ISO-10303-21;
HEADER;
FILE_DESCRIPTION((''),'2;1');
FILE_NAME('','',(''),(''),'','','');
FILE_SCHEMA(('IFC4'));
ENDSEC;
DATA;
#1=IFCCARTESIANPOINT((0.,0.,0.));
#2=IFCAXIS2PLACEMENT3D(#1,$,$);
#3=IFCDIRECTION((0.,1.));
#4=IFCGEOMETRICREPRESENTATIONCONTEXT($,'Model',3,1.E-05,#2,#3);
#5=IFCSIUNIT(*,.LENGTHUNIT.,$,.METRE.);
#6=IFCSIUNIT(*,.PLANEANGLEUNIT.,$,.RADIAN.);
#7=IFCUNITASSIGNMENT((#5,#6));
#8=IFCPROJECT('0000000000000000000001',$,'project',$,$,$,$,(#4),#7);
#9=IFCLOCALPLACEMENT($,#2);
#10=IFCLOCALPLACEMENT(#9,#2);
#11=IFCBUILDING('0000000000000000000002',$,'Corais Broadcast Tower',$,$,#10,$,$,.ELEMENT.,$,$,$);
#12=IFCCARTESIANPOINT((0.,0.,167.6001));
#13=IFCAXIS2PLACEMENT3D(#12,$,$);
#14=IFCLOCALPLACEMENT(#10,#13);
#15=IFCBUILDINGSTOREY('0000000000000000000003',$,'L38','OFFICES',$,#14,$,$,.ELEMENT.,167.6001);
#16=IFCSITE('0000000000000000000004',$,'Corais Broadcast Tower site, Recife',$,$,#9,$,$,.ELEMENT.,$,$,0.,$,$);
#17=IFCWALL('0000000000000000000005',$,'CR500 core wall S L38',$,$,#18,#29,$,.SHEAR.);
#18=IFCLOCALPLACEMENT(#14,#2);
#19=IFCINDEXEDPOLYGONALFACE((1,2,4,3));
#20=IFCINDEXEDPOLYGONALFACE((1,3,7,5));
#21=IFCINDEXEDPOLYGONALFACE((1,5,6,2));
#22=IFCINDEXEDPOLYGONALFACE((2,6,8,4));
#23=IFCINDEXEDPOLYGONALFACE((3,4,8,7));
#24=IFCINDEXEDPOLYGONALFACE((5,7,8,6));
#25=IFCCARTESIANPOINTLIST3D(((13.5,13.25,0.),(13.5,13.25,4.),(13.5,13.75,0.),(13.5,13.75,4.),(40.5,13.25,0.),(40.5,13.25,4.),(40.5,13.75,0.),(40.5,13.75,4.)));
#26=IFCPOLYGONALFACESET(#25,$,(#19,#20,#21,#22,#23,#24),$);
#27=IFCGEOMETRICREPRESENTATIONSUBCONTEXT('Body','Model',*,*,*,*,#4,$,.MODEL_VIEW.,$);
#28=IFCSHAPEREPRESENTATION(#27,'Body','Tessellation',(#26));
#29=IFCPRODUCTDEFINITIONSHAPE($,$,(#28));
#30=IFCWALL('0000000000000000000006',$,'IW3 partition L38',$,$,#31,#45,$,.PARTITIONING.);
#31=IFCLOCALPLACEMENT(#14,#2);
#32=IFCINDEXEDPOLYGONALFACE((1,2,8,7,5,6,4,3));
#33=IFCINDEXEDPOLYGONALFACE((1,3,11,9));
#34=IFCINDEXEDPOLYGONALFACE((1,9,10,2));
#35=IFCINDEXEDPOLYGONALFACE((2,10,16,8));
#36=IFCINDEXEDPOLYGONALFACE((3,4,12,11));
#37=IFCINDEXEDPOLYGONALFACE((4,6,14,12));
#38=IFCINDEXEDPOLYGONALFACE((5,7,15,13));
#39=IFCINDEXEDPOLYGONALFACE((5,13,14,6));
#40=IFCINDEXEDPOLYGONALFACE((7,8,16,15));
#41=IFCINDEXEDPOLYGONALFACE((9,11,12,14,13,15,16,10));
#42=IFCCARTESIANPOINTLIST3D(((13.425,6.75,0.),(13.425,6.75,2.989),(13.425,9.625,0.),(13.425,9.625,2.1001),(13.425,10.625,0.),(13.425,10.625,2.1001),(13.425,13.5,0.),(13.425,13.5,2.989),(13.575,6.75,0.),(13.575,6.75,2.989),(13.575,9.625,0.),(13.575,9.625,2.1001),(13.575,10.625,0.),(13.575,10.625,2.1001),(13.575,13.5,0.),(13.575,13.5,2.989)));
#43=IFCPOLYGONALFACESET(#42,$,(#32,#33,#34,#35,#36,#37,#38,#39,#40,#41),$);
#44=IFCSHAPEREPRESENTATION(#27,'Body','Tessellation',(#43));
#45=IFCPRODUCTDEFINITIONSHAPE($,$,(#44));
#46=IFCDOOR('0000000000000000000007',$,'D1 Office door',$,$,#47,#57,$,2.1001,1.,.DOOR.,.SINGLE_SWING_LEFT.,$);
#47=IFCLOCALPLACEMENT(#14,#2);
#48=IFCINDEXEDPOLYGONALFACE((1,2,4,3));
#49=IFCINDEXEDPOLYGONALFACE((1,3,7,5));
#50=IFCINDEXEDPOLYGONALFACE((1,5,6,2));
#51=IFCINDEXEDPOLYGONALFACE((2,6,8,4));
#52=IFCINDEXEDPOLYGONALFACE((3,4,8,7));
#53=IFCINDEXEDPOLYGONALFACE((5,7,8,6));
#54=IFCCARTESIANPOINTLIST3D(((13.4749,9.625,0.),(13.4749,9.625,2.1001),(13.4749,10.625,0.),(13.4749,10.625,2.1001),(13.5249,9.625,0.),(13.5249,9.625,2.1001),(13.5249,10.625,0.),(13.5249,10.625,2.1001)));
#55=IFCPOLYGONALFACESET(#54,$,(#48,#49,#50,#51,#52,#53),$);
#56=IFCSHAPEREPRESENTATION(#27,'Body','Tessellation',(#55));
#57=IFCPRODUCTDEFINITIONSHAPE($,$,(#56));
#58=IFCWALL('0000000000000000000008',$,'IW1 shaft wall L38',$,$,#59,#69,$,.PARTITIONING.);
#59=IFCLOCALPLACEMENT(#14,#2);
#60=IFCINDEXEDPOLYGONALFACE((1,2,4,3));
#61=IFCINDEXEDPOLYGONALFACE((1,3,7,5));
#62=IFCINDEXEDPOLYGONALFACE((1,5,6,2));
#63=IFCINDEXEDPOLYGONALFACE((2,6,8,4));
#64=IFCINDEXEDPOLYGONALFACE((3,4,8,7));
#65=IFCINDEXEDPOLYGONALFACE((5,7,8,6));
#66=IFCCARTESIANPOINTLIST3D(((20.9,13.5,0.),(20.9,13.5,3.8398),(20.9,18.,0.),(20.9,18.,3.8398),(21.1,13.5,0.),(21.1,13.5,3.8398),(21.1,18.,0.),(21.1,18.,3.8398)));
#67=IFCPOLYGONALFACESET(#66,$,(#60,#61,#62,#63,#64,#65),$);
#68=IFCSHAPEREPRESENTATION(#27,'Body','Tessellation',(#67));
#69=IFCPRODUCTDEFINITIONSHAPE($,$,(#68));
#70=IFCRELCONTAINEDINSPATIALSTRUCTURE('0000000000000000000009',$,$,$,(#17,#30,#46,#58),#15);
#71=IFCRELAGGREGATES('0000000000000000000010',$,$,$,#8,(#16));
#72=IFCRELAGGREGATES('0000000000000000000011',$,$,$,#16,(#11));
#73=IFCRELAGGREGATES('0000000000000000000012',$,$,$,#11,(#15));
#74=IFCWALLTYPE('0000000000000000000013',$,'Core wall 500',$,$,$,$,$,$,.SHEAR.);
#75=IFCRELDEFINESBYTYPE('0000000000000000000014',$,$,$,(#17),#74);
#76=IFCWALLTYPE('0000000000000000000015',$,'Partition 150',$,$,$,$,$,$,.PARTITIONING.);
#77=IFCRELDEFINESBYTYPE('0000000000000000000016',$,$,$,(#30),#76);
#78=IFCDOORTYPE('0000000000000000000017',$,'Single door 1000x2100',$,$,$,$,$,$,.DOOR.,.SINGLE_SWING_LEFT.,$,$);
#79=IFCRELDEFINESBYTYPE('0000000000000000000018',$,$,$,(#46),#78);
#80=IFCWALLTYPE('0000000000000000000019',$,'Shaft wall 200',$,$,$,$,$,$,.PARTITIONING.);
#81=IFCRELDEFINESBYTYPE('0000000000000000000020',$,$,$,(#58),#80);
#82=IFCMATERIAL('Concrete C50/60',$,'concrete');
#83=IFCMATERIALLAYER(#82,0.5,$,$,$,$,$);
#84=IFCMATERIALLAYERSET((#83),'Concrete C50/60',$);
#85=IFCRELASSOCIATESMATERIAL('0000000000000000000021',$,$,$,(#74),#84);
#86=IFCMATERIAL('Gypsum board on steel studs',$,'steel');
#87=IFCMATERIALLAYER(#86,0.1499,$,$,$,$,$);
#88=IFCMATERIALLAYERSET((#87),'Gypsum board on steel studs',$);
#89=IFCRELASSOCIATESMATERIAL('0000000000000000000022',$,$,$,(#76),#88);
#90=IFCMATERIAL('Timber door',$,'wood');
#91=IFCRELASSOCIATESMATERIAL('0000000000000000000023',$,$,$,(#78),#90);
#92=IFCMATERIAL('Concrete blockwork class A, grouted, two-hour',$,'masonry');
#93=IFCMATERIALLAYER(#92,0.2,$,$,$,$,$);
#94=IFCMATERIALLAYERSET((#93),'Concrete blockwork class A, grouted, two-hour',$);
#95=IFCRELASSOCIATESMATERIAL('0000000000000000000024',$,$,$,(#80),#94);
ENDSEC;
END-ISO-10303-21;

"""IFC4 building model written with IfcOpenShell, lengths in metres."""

from ifc_helpers import new_model, si_unit, direction, frame, frame_2d, origin, place, context, subcontext, project, spatial, rectangle, extrude, material, layer, layer_set, type_object, element, fill, save


model = new_model("IFC4")

# Units and contexts
model_context = context("Model", 3, precision=1e-05, world=origin(), true_north=direction((0.0, 1.0)))
body_context = subcontext(model_context, "Body", "Model", "MODEL_VIEW")
ifc_project = project(units=[si_unit("LENGTHUNIT", "METRE"), si_unit("PLANEANGLEUNIT", "RADIAN")], contexts=[model_context])

# Site, building, storey
site_placement = place(None, origin())
site = spatial("IfcSite", under=ifc_project, at=site_placement, Name="Corais Broadcast Tower site, Recife", CompositionType="ELEMENT", RefElevation=0.0)
building_placement = place(site_placement, origin())
building = spatial("IfcBuilding", under=site, at=building_placement, Name="Corais Broadcast Tower", CompositionType="ELEMENT")
storey_placement = place(building_placement, frame((0.0, 0.0, 167.6001)))
storey = spatial("IfcBuildingStorey", under=building, at=storey_placement, Name="L38", Description="OFFICES", CompositionType="ELEMENT", Elevation=167.6001)

# Wall
ifc_material_1 = material(Name="Concrete C50/60", Category="concrete")
ifc_layer_1 = layer(ifc_material_1, 0.5)
ifc_layer_set_1 = layer_set([ifc_layer_1], Name="Concrete C50/60")
wall_type_1 = type_object("IfcWallType", Name="Core wall 500", PredefinedType="SHEAR", material=ifc_layer_set_1)
wall_1_placement = place(storey_placement, frame((13.5, 13.5, 0.0), z_axis=(0.0, 0.0, 1.0), x_axis=(1.0, 0.0, 0.0)))
element("IfcWall", 1, at=wall_1_placement, inside=storey, type_object=wall_type_1, Name="CR500 core wall S L38", PredefinedType="SHEAR", context=body_context, shape_type="SweptSolid", body=[
    extrude(rectangle(XDim=27.0, YDim=0.5, at=frame_2d((13.5, 0.0))), origin(), (0.0, 0.0, 1.0), 4.0),
])

# Wall, opening, door
ifc_material_2 = material(Name="Gypsum board on steel studs", Category="steel")
ifc_layer_2 = layer(ifc_material_2, 0.1499)
ifc_layer_set_2 = layer_set([ifc_layer_2], Name="Gypsum board on steel studs")
wall_type_2 = type_object("IfcWallType", Name="Partition 150", PredefinedType="PARTITIONING", material=ifc_layer_set_2)
wall_2_placement = place(storey_placement, frame((13.5, 13.5, 0.0), z_axis=(0.0, 0.0, 1.0), x_axis=(0.0, -1.0, 0.0)))
wall_2 = element("IfcWall", 2, at=wall_2_placement, inside=storey, type_object=wall_type_2, Name="IW3 partition L38", PredefinedType="PARTITIONING", context=body_context, shape_type="SweptSolid", body=[
    extrude(rectangle(XDim=6.75, YDim=0.1499, at=frame_2d((3.375, 0.0))), origin(), (0.0, 0.0, 1.0), 2.989),
])
opening_1_placement = place(wall_2_placement, frame((2.875, 0.0, 0.0)))
opening_1 = element("IfcOpeningElement", 3, at=opening_1_placement, cuts=wall_2, PredefinedType="OPENING", context=body_context, shape_type="SweptSolid", body=[
    extrude(rectangle(XDim=1.0, YDim=2.1001, at=frame_2d((0.5, 1.05))), frame((0.0, 0.085, 0.0), z_axis=(0.0, -1.0, 0.0), x_axis=(1.0, 0.0, 0.0)), (0.0, 0.0, 1.0), 0.1699),
])
ifc_material_3 = material(Name="Timber door", Category="wood")
door_type_1 = type_object("IfcDoorType", Name="Single door 1000x2100", OperationType="SINGLE_SWING_LEFT", PredefinedType="DOOR", material=ifc_material_3)
door_1_placement = place(opening_1_placement, origin())
door_1 = element("IfcDoor", 4, at=door_1_placement, inside=storey, type_object=door_type_1, Name="D1 Office door", OperationType="SINGLE_SWING_LEFT", OverallHeight=2.1001, OverallWidth=1.0, PredefinedType="DOOR", context=body_context, shape_type="SweptSolid", body=[
    extrude(rectangle(XDim=1.0, YDim=2.1001, at=frame_2d((0.5, 1.05))), frame((0.0, 0.0249, 0.0), z_axis=(0.0, -1.0, 0.0), x_axis=(1.0, 0.0, 0.0)), (0.0, 0.0, 1.0), 0.05),
])
fill(opening_1, door_1)

# Wall
ifc_material_4 = material(Name="Concrete blockwork class A, grouted, two-hour", Category="masonry")
ifc_layer_3 = layer(ifc_material_4, 0.2)
ifc_layer_set_3 = layer_set([ifc_layer_3], Name="Concrete blockwork class A, grouted, two-hour")
wall_type_3 = type_object("IfcWallType", Name="Shaft wall 200", PredefinedType="PARTITIONING", material=ifc_layer_set_3)
wall_3_placement = place(storey_placement, frame((21.0, 13.5, 0.0), z_axis=(0.0, 0.0, 1.0), x_axis=(0.0, 1.0, 0.0)))
element("IfcWall", 5, at=wall_3_placement, inside=storey, type_object=wall_type_3, Name="IW1 shaft wall L38", PredefinedType="PARTITIONING", context=body_context, shape_type="SweptSolid", body=[
    extrude(rectangle(XDim=4.5, YDim=0.2, at=frame_2d((2.25, 0.0))), origin(), (0.0, 0.0, 1.0), 3.8398),
])

save(model, "model.ifc")
